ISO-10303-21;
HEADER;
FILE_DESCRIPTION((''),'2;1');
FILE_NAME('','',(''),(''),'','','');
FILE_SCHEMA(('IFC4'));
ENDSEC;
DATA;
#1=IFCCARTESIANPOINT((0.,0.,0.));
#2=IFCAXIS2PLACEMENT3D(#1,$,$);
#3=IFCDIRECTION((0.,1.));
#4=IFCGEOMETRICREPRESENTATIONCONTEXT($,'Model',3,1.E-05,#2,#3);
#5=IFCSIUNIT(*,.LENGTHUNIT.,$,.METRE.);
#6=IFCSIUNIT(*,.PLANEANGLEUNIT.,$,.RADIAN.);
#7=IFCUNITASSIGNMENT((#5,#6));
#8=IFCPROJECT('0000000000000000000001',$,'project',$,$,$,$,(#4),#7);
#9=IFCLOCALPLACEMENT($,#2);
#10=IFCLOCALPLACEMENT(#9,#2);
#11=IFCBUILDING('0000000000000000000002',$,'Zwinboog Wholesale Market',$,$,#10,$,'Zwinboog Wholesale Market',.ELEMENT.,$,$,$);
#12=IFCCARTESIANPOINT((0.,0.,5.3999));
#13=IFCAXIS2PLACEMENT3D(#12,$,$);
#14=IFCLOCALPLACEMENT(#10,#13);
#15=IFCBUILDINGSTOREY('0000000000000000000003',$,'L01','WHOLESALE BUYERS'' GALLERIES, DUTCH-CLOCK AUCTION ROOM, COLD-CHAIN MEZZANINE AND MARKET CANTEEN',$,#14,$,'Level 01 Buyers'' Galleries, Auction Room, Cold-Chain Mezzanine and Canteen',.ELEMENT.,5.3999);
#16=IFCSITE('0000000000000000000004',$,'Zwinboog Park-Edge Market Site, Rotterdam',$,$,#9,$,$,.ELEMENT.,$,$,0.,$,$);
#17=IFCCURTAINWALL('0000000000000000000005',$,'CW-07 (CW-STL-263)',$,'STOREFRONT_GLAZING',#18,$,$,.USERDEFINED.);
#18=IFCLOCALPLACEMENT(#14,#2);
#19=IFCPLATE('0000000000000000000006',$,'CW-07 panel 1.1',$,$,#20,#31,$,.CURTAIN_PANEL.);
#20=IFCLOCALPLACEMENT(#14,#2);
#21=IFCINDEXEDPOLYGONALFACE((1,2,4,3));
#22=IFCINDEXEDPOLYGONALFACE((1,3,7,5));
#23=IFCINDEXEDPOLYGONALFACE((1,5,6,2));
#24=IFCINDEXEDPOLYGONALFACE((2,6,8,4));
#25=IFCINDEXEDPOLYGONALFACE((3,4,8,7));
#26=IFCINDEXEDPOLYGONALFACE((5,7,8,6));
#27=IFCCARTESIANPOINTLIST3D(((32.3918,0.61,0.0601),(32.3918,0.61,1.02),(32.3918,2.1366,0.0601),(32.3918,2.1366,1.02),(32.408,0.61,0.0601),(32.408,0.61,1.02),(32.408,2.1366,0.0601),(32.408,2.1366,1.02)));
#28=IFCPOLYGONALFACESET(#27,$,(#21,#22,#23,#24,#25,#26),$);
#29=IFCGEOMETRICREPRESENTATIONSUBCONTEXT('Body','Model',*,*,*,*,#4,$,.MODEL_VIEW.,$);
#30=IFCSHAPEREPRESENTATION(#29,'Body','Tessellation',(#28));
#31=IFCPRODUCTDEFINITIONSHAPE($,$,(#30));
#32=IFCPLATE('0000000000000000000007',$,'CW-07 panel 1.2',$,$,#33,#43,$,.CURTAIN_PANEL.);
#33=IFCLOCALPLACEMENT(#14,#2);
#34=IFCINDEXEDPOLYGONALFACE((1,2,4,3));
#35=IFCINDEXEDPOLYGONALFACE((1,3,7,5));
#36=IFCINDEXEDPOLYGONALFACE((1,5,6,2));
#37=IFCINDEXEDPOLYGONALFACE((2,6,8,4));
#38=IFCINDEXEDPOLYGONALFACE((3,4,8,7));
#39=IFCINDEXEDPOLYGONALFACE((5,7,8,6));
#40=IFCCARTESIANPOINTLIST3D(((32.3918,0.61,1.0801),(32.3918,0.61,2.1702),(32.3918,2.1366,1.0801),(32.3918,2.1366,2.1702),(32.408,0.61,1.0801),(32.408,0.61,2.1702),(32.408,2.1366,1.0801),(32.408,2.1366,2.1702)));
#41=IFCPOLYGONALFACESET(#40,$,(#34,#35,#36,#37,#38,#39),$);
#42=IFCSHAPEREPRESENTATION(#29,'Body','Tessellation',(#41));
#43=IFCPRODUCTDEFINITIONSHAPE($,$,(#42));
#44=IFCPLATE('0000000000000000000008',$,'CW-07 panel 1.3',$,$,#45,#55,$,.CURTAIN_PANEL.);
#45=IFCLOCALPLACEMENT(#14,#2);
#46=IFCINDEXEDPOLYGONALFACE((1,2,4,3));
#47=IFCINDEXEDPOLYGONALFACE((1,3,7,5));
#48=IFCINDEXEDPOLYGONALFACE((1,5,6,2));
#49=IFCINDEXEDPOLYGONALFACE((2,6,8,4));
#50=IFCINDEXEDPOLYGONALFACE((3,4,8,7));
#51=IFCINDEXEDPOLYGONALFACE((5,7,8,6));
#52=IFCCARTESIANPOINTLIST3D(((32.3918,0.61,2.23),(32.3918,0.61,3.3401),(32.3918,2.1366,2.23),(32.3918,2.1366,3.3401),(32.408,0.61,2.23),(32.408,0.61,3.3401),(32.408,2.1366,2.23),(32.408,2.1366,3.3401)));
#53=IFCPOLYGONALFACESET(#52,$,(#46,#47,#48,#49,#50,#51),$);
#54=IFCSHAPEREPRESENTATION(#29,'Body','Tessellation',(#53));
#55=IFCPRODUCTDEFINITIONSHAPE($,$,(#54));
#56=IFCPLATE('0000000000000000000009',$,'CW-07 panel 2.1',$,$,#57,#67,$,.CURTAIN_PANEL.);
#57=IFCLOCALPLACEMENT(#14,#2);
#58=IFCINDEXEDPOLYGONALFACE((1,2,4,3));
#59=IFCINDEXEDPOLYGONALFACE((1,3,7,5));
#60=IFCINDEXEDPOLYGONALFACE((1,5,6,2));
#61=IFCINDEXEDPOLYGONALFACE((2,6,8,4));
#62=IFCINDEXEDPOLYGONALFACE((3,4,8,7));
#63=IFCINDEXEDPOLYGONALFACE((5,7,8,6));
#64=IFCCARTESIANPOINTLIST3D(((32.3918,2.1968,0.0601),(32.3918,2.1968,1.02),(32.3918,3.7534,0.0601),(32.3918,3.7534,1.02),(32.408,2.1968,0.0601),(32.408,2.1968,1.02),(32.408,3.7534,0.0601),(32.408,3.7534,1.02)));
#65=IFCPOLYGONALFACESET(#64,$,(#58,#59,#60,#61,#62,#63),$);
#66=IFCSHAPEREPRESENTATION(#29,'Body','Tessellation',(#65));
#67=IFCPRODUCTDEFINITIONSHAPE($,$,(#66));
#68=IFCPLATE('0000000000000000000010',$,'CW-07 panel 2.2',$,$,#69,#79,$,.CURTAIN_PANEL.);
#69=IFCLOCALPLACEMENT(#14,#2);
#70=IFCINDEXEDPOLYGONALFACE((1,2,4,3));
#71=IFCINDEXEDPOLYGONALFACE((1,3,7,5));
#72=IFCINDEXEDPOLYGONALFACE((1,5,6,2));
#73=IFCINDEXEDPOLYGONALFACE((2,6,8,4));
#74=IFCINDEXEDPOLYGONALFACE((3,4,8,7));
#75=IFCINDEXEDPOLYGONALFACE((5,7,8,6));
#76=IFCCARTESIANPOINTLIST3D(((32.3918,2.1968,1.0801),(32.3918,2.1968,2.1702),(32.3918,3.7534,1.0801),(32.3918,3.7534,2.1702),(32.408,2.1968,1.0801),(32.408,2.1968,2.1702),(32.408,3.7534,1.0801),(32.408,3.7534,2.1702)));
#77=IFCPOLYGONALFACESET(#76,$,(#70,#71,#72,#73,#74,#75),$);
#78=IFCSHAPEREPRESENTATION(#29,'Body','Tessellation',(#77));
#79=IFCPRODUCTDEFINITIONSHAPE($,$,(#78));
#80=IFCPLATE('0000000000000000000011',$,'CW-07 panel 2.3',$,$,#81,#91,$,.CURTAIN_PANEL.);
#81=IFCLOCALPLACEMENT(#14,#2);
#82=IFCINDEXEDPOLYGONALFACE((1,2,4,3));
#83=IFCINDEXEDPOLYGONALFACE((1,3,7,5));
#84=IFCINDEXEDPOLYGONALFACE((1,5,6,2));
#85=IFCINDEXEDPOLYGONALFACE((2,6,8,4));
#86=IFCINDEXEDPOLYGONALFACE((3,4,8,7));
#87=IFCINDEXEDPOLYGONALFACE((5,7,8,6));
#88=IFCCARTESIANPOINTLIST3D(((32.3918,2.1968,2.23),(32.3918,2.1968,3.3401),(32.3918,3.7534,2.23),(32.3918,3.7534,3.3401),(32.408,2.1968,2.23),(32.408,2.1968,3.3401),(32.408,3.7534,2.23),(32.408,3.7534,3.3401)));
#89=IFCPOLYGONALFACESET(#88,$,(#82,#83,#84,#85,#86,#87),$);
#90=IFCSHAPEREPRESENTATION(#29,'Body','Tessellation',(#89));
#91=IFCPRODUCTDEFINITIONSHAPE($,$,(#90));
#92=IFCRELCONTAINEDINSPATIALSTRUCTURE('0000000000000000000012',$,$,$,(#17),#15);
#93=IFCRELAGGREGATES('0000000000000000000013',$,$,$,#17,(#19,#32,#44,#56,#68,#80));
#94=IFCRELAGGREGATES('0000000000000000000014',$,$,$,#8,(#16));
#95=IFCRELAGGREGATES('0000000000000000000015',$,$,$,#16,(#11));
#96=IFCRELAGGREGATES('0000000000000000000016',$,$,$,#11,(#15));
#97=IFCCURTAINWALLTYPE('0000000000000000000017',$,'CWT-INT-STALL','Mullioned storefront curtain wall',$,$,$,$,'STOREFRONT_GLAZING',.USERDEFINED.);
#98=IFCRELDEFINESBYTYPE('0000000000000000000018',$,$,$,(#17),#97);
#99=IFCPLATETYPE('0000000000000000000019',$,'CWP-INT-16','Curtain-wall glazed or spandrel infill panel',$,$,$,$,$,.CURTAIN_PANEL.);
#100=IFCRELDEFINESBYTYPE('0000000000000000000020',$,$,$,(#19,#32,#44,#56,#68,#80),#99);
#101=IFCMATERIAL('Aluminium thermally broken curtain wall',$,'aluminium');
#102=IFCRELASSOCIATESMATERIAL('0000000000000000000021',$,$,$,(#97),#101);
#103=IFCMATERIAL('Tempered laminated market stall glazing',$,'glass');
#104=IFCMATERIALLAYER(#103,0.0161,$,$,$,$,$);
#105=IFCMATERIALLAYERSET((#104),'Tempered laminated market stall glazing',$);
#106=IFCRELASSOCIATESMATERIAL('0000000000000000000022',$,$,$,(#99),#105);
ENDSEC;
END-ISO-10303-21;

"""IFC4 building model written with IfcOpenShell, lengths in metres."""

from ifc_helpers import new_model, si_unit, direction, frame, origin, origin_2d, place, context, subcontext, project, spatial, rectangle, extrude, material, layer, layer_set, type_object, element, aggregate, save


model = new_model("IFC4")

# Units and contexts
model_context = context("Model", 3, precision=1e-05, world=origin(), true_north=direction((0.0, 1.0)))
body_context = subcontext(model_context, "Body", "Model", "MODEL_VIEW")
ifc_project = project(units=[si_unit("LENGTHUNIT", "METRE"), si_unit("PLANEANGLEUNIT", "RADIAN")], contexts=[model_context])

# Site, building, storey
site_placement = place(None, origin())
site = spatial("IfcSite", under=ifc_project, at=site_placement, Name="Zwinboog Park-Edge Market Site, Rotterdam", CompositionType="ELEMENT", RefElevation=0.0)
building_placement = place(site_placement, origin())
building = spatial("IfcBuilding", under=site, at=building_placement, Name="Zwinboog Wholesale Market", LongName="Zwinboog Wholesale Market", CompositionType="ELEMENT")
storey_placement = place(building_placement, frame((0.0, 0.0, 5.3999)))
storey = spatial("IfcBuildingStorey", under=building, at=storey_placement, Name="L01", Description="WHOLESALE BUYERS' GALLERIES, DUTCH-CLOCK AUCTION ROOM, COLD-CHAIN MEZZANINE AND MARKET CANTEEN", LongName="Level 01 Buyers' Galleries, Auction Room, Cold-Chain Mezzanine and Canteen", CompositionType="ELEMENT", Elevation=5.3999)

# Curtain wall, plates
ifc_material_1 = material(Name="Aluminium thermally broken curtain wall", Category="aluminium")
curtain_wall_type = type_object("IfcCurtainWallType", Name="CWT-INT-STALL", Description="Mullioned storefront curtain wall", ElementType="STOREFRONT_GLAZING", PredefinedType="USERDEFINED", material=ifc_material_1)
curtain_wall_placement = place(storey_placement, origin())
curtain_wall = element("IfcCurtainWall", 1, at=curtain_wall_placement, inside=storey, type_object=curtain_wall_type, Name="CW-07 (CW-STL-263)", ObjectType="STOREFRONT_GLAZING", PredefinedType="USERDEFINED")
ifc_material_2 = material(Name="Tempered laminated market stall glazing", Category="glass")
ifc_layer = layer(ifc_material_2, 0.0161)
ifc_layer_set = layer_set([ifc_layer], Name="Tempered laminated market stall glazing")
plate_type = type_object("IfcPlateType", Name="CWP-INT-16", Description="Curtain-wall glazed or spandrel infill panel", PredefinedType="CURTAIN_PANEL", material=ifc_layer_set)
plate_1_placement = place(storey_placement, frame((32.3999, 1.3733, 0.0601), z_axis=(0.0, 0.0, 1.0), x_axis=(0.0, 1.0, 0.0)))
plate_1 = element("IfcPlate", 2, at=plate_1_placement, type_object=plate_type, Name="CW-07 panel 1.1", PredefinedType="CURTAIN_PANEL", context=body_context, shape_type="SweptSolid", body=[
    extrude(rectangle(XDim=1.5266, YDim=0.0161, at=origin_2d()), origin(), (0.0, 0.0, 1.0), 0.96),
])
plate_2_placement = place(storey_placement, frame((32.3999, 1.3733, 1.0801), z_axis=(0.0, 0.0, 1.0), x_axis=(0.0, 1.0, 0.0)))
plate_2 = element("IfcPlate", 3, at=plate_2_placement, type_object=plate_type, Name="CW-07 panel 1.2", PredefinedType="CURTAIN_PANEL", context=body_context, shape_type="SweptSolid", body=[
    extrude(rectangle(XDim=1.5266, YDim=0.0161, at=origin_2d()), origin(), (0.0, 0.0, 1.0), 1.0901),
])
plate_3_placement = place(storey_placement, frame((32.3999, 1.3733, 2.23), z_axis=(0.0, 0.0, 1.0), x_axis=(0.0, 1.0, 0.0)))
plate_3 = element("IfcPlate", 4, at=plate_3_placement, type_object=plate_type, Name="CW-07 panel 1.3", PredefinedType="CURTAIN_PANEL", context=body_context, shape_type="SweptSolid", body=[
    extrude(rectangle(XDim=1.5266, YDim=0.0161, at=origin_2d()), origin(), (0.0, 0.0, 1.0), 1.1101),
])
plate_4_placement = place(storey_placement, frame((32.3999, 2.9751, 0.0601), z_axis=(0.0, 0.0, 1.0), x_axis=(0.0, 1.0, 0.0)))
plate_4 = element("IfcPlate", 5, at=plate_4_placement, type_object=plate_type, Name="CW-07 panel 2.1", PredefinedType="CURTAIN_PANEL", context=body_context, shape_type="SweptSolid", body=[
    extrude(rectangle(XDim=1.5566, YDim=0.0161, at=origin_2d()), origin(), (0.0, 0.0, 1.0), 0.96),
])
plate_5_placement = place(storey_placement, frame((32.3999, 2.9751, 1.0801), z_axis=(0.0, 0.0, 1.0), x_axis=(0.0, 1.0, 0.0)))
plate_5 = element("IfcPlate", 6, at=plate_5_placement, type_object=plate_type, Name="CW-07 panel 2.2", PredefinedType="CURTAIN_PANEL", context=body_context, shape_type="SweptSolid", body=[
    extrude(rectangle(XDim=1.5566, YDim=0.0161, at=origin_2d()), origin(), (0.0, 0.0, 1.0), 1.0901),
])
plate_6_placement = place(storey_placement, frame((32.3999, 2.9751, 2.23), z_axis=(0.0, 0.0, 1.0), x_axis=(0.0, 1.0, 0.0)))
plate_6 = element("IfcPlate", 7, at=plate_6_placement, type_object=plate_type, Name="CW-07 panel 2.3", PredefinedType="CURTAIN_PANEL", context=body_context, shape_type="SweptSolid", body=[
    extrude(rectangle(XDim=1.5566, YDim=0.0161, at=origin_2d()), origin(), (0.0, 0.0, 1.0), 1.1101),
])
aggregate(curtain_wall, [plate_1, plate_2, plate_3, plate_4, plate_5, plate_6])

save(model, "model.ifc")
